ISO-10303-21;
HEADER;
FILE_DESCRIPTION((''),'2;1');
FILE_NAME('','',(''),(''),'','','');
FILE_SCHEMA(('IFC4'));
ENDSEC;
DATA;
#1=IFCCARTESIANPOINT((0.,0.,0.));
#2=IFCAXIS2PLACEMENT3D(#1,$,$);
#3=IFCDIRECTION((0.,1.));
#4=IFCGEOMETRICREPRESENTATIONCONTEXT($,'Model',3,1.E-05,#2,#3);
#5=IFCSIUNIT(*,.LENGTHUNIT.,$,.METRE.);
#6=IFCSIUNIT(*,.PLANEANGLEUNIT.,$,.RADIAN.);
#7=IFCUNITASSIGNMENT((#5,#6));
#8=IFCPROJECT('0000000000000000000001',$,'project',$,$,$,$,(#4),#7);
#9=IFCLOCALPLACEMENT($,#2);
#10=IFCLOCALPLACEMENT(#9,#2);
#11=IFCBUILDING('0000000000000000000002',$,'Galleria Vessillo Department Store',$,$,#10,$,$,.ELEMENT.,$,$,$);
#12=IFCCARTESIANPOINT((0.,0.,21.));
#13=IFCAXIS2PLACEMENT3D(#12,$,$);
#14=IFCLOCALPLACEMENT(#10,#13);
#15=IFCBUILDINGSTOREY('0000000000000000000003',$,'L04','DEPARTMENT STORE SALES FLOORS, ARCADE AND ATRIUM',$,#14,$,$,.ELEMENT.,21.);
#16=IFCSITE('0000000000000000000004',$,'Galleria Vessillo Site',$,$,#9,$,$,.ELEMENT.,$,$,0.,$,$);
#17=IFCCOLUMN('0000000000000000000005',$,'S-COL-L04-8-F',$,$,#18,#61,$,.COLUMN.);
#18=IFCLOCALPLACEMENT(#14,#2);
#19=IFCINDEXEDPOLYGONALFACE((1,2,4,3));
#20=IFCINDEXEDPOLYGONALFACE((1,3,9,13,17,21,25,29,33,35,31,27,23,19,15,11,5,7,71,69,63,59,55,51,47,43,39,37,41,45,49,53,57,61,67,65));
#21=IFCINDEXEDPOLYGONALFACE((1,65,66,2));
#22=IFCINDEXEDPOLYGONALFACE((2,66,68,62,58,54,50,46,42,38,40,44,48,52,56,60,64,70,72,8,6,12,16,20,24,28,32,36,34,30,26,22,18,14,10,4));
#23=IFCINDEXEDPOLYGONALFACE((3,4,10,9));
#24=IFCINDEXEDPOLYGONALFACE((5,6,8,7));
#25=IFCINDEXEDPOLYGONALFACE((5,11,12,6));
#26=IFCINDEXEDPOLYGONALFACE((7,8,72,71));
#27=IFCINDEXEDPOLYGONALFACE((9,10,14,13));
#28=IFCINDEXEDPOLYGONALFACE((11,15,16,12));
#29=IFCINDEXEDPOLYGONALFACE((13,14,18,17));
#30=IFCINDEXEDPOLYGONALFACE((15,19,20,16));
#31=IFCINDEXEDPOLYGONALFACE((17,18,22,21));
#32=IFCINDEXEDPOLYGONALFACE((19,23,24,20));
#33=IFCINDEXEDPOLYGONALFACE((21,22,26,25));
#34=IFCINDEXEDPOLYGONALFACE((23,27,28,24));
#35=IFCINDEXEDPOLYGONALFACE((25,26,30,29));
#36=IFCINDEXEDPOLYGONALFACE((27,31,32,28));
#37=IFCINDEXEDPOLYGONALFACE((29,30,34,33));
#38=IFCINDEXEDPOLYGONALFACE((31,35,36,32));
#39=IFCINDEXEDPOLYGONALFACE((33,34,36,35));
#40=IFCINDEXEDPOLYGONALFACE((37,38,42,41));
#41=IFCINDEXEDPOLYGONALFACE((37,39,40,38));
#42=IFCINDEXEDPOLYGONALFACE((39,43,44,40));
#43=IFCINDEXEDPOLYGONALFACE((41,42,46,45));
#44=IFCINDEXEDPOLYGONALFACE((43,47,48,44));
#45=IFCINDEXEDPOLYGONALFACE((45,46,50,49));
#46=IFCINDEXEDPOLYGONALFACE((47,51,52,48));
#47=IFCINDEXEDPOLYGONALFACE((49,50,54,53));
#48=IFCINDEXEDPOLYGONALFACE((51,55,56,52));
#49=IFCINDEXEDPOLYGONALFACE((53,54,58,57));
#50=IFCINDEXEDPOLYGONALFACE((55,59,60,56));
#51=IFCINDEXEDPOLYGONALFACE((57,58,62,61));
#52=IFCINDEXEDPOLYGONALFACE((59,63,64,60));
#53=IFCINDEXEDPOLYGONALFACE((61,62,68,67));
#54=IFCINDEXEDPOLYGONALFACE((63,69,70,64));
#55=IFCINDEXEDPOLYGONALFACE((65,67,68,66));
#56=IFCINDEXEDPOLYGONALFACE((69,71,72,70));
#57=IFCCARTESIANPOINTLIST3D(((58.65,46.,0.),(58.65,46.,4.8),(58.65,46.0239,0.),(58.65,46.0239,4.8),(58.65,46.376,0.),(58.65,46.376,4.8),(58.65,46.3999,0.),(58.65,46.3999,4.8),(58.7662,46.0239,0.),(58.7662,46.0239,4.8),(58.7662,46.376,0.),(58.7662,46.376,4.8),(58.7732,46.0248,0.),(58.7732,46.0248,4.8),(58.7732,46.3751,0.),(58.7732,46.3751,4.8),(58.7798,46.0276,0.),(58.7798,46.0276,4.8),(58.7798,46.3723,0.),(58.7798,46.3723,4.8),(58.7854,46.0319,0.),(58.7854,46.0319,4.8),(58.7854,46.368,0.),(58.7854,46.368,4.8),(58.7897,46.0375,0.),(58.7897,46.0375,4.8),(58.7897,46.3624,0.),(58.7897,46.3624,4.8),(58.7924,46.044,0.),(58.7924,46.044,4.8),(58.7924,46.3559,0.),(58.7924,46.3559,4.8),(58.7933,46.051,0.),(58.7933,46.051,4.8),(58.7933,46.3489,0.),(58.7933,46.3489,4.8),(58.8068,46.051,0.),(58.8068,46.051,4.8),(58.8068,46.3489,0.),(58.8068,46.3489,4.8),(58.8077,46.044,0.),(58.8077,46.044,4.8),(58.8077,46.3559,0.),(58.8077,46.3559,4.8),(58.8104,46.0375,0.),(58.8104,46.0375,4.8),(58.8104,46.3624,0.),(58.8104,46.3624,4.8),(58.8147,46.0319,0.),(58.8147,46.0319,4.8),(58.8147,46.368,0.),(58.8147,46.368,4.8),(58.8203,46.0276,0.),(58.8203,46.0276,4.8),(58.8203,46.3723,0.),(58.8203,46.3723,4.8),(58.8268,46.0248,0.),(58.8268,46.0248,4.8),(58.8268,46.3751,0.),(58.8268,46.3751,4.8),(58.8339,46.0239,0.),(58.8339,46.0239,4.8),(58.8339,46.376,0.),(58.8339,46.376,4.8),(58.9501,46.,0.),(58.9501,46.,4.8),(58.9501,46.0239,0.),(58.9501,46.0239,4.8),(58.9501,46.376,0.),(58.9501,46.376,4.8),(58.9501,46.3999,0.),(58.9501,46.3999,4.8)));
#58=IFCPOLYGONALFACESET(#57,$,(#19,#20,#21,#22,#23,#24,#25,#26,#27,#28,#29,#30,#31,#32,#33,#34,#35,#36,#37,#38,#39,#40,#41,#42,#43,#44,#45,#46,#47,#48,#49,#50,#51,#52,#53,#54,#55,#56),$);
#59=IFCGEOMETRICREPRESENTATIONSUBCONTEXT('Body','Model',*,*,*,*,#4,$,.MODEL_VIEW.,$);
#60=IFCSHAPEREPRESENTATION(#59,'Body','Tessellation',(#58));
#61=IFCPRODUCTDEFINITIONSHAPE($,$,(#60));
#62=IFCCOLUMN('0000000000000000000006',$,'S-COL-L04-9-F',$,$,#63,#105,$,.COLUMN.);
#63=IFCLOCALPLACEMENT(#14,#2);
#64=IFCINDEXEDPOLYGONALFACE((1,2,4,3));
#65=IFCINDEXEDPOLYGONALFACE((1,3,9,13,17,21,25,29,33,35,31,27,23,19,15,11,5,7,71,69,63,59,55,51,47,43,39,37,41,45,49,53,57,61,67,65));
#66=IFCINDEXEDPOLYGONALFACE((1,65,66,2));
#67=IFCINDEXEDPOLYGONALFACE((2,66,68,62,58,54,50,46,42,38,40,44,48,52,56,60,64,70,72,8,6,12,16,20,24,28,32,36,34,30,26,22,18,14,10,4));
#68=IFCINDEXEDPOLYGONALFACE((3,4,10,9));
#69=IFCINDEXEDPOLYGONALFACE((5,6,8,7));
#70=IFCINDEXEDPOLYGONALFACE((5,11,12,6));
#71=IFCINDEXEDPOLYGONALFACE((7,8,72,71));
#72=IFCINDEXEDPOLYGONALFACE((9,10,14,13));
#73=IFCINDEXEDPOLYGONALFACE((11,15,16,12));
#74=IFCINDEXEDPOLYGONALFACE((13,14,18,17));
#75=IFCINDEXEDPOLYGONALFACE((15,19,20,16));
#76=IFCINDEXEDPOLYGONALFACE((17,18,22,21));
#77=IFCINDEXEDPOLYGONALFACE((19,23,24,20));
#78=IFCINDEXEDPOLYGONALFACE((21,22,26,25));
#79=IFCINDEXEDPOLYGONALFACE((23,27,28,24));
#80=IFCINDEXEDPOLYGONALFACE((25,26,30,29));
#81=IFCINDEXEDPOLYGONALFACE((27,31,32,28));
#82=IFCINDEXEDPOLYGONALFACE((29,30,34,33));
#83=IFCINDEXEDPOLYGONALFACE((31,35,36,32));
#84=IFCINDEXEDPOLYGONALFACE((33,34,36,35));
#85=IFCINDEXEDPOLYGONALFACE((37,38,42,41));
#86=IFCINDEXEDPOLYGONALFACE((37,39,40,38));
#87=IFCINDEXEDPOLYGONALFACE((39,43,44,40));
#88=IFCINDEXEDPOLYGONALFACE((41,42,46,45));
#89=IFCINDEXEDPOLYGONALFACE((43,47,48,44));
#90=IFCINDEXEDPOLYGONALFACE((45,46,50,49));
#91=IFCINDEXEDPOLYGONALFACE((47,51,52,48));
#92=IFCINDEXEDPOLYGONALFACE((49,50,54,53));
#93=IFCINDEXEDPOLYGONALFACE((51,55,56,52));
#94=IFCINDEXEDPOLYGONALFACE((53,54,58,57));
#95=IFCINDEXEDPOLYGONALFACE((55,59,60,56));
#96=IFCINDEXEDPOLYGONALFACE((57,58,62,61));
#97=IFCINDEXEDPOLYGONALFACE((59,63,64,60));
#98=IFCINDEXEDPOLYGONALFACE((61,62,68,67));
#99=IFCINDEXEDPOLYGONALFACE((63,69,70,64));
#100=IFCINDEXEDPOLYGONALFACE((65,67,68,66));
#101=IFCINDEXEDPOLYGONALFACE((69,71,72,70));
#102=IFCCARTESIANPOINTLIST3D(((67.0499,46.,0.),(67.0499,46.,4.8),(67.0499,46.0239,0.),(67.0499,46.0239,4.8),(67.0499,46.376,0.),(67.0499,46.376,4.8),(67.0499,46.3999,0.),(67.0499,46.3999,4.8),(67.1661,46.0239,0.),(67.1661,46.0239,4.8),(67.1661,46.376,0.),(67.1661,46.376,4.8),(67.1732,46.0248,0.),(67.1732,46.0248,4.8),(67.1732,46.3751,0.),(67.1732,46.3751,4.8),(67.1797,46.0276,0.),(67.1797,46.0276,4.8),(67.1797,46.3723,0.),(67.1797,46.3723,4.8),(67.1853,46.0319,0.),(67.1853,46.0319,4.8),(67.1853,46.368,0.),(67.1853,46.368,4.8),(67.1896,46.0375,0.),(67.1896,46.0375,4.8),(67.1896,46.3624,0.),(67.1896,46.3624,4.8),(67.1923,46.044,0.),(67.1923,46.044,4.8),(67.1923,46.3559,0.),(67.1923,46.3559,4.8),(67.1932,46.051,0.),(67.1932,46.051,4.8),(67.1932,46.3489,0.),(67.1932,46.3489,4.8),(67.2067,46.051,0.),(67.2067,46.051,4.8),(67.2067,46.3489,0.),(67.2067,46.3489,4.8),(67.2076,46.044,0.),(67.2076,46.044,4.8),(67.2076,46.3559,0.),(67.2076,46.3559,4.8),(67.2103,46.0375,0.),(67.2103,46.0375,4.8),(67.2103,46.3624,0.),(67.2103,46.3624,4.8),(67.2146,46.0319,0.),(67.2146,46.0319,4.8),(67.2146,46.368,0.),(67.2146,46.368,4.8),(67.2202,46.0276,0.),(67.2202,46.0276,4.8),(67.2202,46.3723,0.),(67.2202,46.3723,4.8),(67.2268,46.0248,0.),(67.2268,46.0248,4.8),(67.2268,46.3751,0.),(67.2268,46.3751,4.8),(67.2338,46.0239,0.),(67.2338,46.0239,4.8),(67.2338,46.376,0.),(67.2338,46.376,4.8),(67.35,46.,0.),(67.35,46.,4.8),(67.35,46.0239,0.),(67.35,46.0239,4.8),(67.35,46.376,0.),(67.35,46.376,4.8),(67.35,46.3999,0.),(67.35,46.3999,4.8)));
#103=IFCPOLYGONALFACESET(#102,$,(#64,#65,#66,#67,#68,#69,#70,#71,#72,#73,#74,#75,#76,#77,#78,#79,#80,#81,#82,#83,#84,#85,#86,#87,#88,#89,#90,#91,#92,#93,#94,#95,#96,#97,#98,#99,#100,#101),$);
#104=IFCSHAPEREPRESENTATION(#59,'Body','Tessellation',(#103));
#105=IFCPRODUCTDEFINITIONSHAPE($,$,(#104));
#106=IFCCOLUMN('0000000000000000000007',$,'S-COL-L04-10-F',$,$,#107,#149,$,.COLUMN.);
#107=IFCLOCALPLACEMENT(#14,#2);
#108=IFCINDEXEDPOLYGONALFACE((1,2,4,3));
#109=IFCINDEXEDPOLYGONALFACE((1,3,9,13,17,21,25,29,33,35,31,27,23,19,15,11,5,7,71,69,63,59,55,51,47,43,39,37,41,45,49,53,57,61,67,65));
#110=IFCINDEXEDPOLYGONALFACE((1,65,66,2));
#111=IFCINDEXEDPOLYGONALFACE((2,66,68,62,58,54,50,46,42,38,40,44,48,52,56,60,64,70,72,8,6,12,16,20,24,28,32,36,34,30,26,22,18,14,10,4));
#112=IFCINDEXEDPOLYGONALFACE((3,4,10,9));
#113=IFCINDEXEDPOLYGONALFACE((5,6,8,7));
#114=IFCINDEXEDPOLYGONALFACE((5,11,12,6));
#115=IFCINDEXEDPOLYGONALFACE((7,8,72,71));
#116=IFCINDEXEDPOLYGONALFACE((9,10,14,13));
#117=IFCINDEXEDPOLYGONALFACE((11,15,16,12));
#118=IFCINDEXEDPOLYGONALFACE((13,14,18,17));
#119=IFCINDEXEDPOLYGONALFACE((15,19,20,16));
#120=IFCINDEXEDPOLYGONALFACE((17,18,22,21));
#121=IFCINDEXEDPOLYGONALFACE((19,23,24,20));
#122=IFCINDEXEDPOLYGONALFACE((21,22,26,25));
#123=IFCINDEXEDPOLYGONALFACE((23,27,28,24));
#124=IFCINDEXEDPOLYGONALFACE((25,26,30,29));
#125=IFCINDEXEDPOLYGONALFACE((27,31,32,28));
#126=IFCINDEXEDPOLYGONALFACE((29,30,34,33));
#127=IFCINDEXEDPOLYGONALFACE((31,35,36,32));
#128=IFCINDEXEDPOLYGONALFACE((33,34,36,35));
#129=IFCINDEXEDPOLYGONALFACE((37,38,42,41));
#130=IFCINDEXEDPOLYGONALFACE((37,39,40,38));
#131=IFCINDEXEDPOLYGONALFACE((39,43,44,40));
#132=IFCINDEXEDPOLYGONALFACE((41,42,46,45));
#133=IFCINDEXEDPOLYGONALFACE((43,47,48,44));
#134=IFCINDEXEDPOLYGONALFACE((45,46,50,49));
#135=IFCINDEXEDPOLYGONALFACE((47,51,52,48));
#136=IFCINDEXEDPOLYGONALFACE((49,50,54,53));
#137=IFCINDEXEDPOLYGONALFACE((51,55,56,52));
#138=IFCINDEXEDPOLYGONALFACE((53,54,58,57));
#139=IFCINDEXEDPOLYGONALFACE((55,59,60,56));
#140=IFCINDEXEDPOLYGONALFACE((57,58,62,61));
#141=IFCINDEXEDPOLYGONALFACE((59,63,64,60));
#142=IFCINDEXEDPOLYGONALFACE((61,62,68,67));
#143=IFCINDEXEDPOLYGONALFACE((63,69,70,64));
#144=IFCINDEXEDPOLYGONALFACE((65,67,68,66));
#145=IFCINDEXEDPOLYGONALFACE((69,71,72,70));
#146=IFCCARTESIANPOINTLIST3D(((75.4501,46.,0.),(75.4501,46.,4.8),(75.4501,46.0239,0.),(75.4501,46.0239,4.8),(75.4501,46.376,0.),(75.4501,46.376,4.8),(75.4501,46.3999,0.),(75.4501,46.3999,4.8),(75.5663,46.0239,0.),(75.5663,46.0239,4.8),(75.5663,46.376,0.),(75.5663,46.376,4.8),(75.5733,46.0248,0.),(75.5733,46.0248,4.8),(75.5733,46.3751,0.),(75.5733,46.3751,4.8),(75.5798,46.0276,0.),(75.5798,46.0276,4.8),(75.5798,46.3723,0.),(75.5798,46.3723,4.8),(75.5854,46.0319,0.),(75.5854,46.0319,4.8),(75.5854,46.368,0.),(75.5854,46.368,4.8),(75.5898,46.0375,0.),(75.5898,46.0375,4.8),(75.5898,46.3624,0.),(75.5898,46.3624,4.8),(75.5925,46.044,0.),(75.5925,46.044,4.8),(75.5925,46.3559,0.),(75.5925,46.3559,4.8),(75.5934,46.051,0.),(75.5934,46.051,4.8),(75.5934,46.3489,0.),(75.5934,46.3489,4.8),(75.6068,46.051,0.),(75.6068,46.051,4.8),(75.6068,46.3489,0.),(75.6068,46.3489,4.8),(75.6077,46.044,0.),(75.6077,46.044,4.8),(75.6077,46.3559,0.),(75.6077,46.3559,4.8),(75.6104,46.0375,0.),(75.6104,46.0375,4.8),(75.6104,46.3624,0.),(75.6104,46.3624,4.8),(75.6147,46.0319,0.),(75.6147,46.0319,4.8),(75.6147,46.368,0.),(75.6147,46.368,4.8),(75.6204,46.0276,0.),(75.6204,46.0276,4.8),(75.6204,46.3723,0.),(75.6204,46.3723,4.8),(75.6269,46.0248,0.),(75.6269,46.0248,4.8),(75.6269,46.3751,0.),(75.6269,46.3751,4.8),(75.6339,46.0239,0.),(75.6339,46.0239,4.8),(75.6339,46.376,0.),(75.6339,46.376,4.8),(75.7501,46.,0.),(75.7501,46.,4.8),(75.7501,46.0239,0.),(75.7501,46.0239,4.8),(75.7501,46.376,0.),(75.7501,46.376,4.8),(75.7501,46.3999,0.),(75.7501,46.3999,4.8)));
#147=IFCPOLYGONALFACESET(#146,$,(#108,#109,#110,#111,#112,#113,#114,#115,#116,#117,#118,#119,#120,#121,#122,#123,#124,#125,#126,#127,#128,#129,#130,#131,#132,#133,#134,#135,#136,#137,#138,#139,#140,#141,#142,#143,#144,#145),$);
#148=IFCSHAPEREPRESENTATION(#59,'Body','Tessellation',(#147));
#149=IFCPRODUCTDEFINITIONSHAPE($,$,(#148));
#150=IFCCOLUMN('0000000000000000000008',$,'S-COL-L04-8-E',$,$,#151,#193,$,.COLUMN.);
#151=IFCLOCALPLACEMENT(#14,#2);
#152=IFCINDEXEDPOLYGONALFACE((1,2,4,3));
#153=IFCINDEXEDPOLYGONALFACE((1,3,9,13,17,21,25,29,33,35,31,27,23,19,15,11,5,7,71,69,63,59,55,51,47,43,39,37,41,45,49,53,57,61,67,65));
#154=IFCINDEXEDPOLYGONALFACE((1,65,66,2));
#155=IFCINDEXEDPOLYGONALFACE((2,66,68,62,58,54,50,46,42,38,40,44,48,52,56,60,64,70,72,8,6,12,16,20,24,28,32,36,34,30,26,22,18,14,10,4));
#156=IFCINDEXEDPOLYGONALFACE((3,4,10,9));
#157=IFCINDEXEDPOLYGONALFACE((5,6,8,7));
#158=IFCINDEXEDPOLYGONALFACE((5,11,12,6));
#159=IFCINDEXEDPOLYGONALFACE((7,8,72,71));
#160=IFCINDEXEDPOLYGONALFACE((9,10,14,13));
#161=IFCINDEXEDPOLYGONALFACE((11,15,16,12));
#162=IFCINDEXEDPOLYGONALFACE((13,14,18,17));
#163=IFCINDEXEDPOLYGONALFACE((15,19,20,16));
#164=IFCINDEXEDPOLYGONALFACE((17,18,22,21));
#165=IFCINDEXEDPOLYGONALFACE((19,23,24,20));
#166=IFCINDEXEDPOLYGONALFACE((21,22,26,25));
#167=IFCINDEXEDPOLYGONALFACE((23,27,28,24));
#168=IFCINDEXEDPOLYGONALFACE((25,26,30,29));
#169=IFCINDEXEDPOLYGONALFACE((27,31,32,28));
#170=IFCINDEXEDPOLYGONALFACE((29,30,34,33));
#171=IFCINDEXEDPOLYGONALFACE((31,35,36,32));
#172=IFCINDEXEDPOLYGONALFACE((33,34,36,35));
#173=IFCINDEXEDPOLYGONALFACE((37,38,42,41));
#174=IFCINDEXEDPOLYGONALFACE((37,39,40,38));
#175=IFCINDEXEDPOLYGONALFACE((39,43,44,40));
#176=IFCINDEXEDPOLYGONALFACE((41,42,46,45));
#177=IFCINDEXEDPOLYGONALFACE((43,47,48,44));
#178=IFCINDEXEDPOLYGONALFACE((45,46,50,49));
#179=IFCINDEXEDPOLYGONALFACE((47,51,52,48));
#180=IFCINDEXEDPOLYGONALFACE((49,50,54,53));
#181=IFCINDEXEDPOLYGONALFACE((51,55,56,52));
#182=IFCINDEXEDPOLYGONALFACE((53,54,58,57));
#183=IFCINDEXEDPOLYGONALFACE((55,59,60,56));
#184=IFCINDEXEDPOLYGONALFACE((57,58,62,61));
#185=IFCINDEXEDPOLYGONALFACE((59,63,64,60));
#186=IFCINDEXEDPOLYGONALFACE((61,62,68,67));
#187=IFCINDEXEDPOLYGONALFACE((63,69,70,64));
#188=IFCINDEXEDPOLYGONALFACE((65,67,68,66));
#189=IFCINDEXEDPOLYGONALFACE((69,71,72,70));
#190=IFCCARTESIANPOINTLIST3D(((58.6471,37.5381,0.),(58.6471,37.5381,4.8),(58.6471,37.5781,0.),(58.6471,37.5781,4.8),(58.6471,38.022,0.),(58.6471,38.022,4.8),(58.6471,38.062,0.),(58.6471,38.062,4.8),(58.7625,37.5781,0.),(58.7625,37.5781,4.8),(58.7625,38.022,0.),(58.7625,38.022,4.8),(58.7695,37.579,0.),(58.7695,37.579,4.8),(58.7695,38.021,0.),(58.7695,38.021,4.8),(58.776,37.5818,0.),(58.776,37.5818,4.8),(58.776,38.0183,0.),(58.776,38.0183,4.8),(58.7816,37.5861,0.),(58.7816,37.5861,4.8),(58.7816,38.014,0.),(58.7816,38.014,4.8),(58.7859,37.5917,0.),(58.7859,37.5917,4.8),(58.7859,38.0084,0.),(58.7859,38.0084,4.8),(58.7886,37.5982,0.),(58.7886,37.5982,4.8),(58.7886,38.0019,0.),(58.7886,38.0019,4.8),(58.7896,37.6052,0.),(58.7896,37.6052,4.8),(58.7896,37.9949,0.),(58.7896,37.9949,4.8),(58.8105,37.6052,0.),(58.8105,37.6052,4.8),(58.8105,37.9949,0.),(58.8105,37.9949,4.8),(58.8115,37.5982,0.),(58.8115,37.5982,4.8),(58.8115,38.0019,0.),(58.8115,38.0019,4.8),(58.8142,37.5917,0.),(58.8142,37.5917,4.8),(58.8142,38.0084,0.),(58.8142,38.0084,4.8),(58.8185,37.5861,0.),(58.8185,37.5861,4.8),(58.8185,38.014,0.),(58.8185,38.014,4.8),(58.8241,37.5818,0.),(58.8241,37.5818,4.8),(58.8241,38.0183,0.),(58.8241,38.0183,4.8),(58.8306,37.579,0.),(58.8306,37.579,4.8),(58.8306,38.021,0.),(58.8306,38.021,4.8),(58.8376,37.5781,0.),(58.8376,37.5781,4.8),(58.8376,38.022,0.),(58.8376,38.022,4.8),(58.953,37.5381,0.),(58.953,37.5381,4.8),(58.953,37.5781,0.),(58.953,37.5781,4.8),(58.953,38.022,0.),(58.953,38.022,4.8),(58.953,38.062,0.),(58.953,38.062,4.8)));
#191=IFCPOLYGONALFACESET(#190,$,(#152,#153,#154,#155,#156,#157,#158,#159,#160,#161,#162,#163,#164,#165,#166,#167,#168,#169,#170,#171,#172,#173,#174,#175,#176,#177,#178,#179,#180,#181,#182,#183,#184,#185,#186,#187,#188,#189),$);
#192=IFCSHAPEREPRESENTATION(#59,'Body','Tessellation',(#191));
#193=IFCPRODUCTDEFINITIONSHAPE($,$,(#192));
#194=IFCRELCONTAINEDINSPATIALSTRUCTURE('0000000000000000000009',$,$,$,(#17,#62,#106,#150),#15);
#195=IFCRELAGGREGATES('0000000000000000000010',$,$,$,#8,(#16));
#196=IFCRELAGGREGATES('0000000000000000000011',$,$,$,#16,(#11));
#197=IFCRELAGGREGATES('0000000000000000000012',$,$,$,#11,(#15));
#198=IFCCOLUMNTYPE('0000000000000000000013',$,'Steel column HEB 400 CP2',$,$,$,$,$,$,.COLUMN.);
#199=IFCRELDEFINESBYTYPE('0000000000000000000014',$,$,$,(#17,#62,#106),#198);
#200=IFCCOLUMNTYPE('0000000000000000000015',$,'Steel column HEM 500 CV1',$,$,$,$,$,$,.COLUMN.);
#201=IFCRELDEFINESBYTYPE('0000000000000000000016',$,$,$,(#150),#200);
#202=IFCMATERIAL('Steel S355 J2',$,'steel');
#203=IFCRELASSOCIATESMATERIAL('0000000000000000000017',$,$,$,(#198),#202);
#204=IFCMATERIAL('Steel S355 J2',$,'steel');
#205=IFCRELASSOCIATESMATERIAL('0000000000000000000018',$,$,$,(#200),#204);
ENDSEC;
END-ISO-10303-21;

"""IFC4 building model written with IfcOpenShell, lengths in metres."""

from ifc_helpers import new_model, si_unit, direction, frame, origin, origin_2d, place, context, subcontext, project, spatial, i_section, extrude, material, material_profile, profile_set, type_object, element, save


model = new_model("IFC4")

# Units and contexts
model_context = context("Model", 3, precision=1e-05, world=origin(), true_north=direction((0.0, 1.0)))
body_context = subcontext(model_context, "Body", "Model", "MODEL_VIEW")
ifc_project = project(units=[si_unit("LENGTHUNIT", "METRE"), si_unit("PLANEANGLEUNIT", "RADIAN")], contexts=[model_context])

# Site, building, storey
site_placement = place(None, origin())
site = spatial("IfcSite", under=ifc_project, at=site_placement, Name="Galleria Vessillo Site", CompositionType="ELEMENT", RefElevation=0.0)
building_placement = place(site_placement, origin())
building = spatial("IfcBuilding", under=site, at=building_placement, Name="Galleria Vessillo Department Store", CompositionType="ELEMENT")
storey_placement = place(building_placement, frame((0.0, 0.0, 21.0)))
storey = spatial("IfcBuildingStorey", under=building, at=storey_placement, Name="L04", Description="DEPARTMENT STORE SALES FLOORS, ARCADE AND ATRIUM", CompositionType="ELEMENT", Elevation=21.0)

# Columns
ifc_material_1 = material(Name="Steel S355 J2", Category="steel")
ifc_material_profile_1 = material_profile(ifc_material_1, i_section(OverallWidth=0.3, OverallDepth=0.3999, WebThickness=0.0134, FlangeThickness=0.0239, FilletRadius=0.0271, at=origin_2d()), Name="HEB 400")
ifc_profile_set_1 = profile_set([ifc_material_profile_1], Name="Steel S355 J2")
column_type_1 = type_object("IfcColumnType", Name="Steel column HEB 400 CP2", PredefinedType="COLUMN", material=ifc_profile_set_1)
for number, where, z_axis, x_axis, name in (
    (1, (58.8, 46.2, 0.0), (0.0, 0.0, 1.0), (1.0, 0.0, 0.0), "S-COL-L04-8-F"),
    (2, (67.2, 46.2, 0.0), (0.0, 0.0, 1.0), (1.0, 0.0, 0.0), "S-COL-L04-9-F"),
    (3, (75.6001, 46.2, 0.0), (0.0, 0.0, 1.0), (1.0, 0.0, 0.0), "S-COL-L04-10-F"),
):
    element("IfcColumn", number, at=place(storey_placement, frame(where, z_axis=z_axis, x_axis=x_axis)), inside=storey, type_object=column_type_1, Name=name, PredefinedType="COLUMN", context=body_context, shape_type="SweptSolid", body=[
        extrude(i_section(OverallWidth=0.3, OverallDepth=0.3999, WebThickness=0.0134, FlangeThickness=0.0239, FilletRadius=0.0271, at=origin_2d()), origin(), (0.0, 0.0, 1.0), 4.8),
    ])
ifc_material_2 = material(Name="Steel S355 J2", Category="steel")
ifc_material_profile_2 = material_profile(ifc_material_2, i_section(OverallWidth=0.3059, OverallDepth=0.5239, WebThickness=0.021, FlangeThickness=0.04, FilletRadius=0.0271, at=origin_2d()), Name="HEM 500")
ifc_profile_set_2 = profile_set([ifc_material_profile_2], Name="Steel S355 J2")
column_type_2 = type_object("IfcColumnType", Name="Steel column HEM 500 CV1", PredefinedType="COLUMN", material=ifc_profile_set_2)
for number, where, z_axis, x_axis, name in (
    (4, (58.8, 37.8, 0.0), (0.0, 0.0, 1.0), (1.0, 0.0, 0.0), "S-COL-L04-8-E"),
):
    element("IfcColumn", number, at=place(storey_placement, frame(where, z_axis=z_axis, x_axis=x_axis)), inside=storey, type_object=column_type_2, Name=name, PredefinedType="COLUMN", context=body_context, shape_type="SweptSolid", body=[
        extrude(i_section(OverallWidth=0.3059, OverallDepth=0.5239, WebThickness=0.021, FlangeThickness=0.04, FilletRadius=0.0271, at=origin_2d()), origin(), (0.0, 0.0, 1.0), 4.8),
    ])

save(model, "model.ifc")
